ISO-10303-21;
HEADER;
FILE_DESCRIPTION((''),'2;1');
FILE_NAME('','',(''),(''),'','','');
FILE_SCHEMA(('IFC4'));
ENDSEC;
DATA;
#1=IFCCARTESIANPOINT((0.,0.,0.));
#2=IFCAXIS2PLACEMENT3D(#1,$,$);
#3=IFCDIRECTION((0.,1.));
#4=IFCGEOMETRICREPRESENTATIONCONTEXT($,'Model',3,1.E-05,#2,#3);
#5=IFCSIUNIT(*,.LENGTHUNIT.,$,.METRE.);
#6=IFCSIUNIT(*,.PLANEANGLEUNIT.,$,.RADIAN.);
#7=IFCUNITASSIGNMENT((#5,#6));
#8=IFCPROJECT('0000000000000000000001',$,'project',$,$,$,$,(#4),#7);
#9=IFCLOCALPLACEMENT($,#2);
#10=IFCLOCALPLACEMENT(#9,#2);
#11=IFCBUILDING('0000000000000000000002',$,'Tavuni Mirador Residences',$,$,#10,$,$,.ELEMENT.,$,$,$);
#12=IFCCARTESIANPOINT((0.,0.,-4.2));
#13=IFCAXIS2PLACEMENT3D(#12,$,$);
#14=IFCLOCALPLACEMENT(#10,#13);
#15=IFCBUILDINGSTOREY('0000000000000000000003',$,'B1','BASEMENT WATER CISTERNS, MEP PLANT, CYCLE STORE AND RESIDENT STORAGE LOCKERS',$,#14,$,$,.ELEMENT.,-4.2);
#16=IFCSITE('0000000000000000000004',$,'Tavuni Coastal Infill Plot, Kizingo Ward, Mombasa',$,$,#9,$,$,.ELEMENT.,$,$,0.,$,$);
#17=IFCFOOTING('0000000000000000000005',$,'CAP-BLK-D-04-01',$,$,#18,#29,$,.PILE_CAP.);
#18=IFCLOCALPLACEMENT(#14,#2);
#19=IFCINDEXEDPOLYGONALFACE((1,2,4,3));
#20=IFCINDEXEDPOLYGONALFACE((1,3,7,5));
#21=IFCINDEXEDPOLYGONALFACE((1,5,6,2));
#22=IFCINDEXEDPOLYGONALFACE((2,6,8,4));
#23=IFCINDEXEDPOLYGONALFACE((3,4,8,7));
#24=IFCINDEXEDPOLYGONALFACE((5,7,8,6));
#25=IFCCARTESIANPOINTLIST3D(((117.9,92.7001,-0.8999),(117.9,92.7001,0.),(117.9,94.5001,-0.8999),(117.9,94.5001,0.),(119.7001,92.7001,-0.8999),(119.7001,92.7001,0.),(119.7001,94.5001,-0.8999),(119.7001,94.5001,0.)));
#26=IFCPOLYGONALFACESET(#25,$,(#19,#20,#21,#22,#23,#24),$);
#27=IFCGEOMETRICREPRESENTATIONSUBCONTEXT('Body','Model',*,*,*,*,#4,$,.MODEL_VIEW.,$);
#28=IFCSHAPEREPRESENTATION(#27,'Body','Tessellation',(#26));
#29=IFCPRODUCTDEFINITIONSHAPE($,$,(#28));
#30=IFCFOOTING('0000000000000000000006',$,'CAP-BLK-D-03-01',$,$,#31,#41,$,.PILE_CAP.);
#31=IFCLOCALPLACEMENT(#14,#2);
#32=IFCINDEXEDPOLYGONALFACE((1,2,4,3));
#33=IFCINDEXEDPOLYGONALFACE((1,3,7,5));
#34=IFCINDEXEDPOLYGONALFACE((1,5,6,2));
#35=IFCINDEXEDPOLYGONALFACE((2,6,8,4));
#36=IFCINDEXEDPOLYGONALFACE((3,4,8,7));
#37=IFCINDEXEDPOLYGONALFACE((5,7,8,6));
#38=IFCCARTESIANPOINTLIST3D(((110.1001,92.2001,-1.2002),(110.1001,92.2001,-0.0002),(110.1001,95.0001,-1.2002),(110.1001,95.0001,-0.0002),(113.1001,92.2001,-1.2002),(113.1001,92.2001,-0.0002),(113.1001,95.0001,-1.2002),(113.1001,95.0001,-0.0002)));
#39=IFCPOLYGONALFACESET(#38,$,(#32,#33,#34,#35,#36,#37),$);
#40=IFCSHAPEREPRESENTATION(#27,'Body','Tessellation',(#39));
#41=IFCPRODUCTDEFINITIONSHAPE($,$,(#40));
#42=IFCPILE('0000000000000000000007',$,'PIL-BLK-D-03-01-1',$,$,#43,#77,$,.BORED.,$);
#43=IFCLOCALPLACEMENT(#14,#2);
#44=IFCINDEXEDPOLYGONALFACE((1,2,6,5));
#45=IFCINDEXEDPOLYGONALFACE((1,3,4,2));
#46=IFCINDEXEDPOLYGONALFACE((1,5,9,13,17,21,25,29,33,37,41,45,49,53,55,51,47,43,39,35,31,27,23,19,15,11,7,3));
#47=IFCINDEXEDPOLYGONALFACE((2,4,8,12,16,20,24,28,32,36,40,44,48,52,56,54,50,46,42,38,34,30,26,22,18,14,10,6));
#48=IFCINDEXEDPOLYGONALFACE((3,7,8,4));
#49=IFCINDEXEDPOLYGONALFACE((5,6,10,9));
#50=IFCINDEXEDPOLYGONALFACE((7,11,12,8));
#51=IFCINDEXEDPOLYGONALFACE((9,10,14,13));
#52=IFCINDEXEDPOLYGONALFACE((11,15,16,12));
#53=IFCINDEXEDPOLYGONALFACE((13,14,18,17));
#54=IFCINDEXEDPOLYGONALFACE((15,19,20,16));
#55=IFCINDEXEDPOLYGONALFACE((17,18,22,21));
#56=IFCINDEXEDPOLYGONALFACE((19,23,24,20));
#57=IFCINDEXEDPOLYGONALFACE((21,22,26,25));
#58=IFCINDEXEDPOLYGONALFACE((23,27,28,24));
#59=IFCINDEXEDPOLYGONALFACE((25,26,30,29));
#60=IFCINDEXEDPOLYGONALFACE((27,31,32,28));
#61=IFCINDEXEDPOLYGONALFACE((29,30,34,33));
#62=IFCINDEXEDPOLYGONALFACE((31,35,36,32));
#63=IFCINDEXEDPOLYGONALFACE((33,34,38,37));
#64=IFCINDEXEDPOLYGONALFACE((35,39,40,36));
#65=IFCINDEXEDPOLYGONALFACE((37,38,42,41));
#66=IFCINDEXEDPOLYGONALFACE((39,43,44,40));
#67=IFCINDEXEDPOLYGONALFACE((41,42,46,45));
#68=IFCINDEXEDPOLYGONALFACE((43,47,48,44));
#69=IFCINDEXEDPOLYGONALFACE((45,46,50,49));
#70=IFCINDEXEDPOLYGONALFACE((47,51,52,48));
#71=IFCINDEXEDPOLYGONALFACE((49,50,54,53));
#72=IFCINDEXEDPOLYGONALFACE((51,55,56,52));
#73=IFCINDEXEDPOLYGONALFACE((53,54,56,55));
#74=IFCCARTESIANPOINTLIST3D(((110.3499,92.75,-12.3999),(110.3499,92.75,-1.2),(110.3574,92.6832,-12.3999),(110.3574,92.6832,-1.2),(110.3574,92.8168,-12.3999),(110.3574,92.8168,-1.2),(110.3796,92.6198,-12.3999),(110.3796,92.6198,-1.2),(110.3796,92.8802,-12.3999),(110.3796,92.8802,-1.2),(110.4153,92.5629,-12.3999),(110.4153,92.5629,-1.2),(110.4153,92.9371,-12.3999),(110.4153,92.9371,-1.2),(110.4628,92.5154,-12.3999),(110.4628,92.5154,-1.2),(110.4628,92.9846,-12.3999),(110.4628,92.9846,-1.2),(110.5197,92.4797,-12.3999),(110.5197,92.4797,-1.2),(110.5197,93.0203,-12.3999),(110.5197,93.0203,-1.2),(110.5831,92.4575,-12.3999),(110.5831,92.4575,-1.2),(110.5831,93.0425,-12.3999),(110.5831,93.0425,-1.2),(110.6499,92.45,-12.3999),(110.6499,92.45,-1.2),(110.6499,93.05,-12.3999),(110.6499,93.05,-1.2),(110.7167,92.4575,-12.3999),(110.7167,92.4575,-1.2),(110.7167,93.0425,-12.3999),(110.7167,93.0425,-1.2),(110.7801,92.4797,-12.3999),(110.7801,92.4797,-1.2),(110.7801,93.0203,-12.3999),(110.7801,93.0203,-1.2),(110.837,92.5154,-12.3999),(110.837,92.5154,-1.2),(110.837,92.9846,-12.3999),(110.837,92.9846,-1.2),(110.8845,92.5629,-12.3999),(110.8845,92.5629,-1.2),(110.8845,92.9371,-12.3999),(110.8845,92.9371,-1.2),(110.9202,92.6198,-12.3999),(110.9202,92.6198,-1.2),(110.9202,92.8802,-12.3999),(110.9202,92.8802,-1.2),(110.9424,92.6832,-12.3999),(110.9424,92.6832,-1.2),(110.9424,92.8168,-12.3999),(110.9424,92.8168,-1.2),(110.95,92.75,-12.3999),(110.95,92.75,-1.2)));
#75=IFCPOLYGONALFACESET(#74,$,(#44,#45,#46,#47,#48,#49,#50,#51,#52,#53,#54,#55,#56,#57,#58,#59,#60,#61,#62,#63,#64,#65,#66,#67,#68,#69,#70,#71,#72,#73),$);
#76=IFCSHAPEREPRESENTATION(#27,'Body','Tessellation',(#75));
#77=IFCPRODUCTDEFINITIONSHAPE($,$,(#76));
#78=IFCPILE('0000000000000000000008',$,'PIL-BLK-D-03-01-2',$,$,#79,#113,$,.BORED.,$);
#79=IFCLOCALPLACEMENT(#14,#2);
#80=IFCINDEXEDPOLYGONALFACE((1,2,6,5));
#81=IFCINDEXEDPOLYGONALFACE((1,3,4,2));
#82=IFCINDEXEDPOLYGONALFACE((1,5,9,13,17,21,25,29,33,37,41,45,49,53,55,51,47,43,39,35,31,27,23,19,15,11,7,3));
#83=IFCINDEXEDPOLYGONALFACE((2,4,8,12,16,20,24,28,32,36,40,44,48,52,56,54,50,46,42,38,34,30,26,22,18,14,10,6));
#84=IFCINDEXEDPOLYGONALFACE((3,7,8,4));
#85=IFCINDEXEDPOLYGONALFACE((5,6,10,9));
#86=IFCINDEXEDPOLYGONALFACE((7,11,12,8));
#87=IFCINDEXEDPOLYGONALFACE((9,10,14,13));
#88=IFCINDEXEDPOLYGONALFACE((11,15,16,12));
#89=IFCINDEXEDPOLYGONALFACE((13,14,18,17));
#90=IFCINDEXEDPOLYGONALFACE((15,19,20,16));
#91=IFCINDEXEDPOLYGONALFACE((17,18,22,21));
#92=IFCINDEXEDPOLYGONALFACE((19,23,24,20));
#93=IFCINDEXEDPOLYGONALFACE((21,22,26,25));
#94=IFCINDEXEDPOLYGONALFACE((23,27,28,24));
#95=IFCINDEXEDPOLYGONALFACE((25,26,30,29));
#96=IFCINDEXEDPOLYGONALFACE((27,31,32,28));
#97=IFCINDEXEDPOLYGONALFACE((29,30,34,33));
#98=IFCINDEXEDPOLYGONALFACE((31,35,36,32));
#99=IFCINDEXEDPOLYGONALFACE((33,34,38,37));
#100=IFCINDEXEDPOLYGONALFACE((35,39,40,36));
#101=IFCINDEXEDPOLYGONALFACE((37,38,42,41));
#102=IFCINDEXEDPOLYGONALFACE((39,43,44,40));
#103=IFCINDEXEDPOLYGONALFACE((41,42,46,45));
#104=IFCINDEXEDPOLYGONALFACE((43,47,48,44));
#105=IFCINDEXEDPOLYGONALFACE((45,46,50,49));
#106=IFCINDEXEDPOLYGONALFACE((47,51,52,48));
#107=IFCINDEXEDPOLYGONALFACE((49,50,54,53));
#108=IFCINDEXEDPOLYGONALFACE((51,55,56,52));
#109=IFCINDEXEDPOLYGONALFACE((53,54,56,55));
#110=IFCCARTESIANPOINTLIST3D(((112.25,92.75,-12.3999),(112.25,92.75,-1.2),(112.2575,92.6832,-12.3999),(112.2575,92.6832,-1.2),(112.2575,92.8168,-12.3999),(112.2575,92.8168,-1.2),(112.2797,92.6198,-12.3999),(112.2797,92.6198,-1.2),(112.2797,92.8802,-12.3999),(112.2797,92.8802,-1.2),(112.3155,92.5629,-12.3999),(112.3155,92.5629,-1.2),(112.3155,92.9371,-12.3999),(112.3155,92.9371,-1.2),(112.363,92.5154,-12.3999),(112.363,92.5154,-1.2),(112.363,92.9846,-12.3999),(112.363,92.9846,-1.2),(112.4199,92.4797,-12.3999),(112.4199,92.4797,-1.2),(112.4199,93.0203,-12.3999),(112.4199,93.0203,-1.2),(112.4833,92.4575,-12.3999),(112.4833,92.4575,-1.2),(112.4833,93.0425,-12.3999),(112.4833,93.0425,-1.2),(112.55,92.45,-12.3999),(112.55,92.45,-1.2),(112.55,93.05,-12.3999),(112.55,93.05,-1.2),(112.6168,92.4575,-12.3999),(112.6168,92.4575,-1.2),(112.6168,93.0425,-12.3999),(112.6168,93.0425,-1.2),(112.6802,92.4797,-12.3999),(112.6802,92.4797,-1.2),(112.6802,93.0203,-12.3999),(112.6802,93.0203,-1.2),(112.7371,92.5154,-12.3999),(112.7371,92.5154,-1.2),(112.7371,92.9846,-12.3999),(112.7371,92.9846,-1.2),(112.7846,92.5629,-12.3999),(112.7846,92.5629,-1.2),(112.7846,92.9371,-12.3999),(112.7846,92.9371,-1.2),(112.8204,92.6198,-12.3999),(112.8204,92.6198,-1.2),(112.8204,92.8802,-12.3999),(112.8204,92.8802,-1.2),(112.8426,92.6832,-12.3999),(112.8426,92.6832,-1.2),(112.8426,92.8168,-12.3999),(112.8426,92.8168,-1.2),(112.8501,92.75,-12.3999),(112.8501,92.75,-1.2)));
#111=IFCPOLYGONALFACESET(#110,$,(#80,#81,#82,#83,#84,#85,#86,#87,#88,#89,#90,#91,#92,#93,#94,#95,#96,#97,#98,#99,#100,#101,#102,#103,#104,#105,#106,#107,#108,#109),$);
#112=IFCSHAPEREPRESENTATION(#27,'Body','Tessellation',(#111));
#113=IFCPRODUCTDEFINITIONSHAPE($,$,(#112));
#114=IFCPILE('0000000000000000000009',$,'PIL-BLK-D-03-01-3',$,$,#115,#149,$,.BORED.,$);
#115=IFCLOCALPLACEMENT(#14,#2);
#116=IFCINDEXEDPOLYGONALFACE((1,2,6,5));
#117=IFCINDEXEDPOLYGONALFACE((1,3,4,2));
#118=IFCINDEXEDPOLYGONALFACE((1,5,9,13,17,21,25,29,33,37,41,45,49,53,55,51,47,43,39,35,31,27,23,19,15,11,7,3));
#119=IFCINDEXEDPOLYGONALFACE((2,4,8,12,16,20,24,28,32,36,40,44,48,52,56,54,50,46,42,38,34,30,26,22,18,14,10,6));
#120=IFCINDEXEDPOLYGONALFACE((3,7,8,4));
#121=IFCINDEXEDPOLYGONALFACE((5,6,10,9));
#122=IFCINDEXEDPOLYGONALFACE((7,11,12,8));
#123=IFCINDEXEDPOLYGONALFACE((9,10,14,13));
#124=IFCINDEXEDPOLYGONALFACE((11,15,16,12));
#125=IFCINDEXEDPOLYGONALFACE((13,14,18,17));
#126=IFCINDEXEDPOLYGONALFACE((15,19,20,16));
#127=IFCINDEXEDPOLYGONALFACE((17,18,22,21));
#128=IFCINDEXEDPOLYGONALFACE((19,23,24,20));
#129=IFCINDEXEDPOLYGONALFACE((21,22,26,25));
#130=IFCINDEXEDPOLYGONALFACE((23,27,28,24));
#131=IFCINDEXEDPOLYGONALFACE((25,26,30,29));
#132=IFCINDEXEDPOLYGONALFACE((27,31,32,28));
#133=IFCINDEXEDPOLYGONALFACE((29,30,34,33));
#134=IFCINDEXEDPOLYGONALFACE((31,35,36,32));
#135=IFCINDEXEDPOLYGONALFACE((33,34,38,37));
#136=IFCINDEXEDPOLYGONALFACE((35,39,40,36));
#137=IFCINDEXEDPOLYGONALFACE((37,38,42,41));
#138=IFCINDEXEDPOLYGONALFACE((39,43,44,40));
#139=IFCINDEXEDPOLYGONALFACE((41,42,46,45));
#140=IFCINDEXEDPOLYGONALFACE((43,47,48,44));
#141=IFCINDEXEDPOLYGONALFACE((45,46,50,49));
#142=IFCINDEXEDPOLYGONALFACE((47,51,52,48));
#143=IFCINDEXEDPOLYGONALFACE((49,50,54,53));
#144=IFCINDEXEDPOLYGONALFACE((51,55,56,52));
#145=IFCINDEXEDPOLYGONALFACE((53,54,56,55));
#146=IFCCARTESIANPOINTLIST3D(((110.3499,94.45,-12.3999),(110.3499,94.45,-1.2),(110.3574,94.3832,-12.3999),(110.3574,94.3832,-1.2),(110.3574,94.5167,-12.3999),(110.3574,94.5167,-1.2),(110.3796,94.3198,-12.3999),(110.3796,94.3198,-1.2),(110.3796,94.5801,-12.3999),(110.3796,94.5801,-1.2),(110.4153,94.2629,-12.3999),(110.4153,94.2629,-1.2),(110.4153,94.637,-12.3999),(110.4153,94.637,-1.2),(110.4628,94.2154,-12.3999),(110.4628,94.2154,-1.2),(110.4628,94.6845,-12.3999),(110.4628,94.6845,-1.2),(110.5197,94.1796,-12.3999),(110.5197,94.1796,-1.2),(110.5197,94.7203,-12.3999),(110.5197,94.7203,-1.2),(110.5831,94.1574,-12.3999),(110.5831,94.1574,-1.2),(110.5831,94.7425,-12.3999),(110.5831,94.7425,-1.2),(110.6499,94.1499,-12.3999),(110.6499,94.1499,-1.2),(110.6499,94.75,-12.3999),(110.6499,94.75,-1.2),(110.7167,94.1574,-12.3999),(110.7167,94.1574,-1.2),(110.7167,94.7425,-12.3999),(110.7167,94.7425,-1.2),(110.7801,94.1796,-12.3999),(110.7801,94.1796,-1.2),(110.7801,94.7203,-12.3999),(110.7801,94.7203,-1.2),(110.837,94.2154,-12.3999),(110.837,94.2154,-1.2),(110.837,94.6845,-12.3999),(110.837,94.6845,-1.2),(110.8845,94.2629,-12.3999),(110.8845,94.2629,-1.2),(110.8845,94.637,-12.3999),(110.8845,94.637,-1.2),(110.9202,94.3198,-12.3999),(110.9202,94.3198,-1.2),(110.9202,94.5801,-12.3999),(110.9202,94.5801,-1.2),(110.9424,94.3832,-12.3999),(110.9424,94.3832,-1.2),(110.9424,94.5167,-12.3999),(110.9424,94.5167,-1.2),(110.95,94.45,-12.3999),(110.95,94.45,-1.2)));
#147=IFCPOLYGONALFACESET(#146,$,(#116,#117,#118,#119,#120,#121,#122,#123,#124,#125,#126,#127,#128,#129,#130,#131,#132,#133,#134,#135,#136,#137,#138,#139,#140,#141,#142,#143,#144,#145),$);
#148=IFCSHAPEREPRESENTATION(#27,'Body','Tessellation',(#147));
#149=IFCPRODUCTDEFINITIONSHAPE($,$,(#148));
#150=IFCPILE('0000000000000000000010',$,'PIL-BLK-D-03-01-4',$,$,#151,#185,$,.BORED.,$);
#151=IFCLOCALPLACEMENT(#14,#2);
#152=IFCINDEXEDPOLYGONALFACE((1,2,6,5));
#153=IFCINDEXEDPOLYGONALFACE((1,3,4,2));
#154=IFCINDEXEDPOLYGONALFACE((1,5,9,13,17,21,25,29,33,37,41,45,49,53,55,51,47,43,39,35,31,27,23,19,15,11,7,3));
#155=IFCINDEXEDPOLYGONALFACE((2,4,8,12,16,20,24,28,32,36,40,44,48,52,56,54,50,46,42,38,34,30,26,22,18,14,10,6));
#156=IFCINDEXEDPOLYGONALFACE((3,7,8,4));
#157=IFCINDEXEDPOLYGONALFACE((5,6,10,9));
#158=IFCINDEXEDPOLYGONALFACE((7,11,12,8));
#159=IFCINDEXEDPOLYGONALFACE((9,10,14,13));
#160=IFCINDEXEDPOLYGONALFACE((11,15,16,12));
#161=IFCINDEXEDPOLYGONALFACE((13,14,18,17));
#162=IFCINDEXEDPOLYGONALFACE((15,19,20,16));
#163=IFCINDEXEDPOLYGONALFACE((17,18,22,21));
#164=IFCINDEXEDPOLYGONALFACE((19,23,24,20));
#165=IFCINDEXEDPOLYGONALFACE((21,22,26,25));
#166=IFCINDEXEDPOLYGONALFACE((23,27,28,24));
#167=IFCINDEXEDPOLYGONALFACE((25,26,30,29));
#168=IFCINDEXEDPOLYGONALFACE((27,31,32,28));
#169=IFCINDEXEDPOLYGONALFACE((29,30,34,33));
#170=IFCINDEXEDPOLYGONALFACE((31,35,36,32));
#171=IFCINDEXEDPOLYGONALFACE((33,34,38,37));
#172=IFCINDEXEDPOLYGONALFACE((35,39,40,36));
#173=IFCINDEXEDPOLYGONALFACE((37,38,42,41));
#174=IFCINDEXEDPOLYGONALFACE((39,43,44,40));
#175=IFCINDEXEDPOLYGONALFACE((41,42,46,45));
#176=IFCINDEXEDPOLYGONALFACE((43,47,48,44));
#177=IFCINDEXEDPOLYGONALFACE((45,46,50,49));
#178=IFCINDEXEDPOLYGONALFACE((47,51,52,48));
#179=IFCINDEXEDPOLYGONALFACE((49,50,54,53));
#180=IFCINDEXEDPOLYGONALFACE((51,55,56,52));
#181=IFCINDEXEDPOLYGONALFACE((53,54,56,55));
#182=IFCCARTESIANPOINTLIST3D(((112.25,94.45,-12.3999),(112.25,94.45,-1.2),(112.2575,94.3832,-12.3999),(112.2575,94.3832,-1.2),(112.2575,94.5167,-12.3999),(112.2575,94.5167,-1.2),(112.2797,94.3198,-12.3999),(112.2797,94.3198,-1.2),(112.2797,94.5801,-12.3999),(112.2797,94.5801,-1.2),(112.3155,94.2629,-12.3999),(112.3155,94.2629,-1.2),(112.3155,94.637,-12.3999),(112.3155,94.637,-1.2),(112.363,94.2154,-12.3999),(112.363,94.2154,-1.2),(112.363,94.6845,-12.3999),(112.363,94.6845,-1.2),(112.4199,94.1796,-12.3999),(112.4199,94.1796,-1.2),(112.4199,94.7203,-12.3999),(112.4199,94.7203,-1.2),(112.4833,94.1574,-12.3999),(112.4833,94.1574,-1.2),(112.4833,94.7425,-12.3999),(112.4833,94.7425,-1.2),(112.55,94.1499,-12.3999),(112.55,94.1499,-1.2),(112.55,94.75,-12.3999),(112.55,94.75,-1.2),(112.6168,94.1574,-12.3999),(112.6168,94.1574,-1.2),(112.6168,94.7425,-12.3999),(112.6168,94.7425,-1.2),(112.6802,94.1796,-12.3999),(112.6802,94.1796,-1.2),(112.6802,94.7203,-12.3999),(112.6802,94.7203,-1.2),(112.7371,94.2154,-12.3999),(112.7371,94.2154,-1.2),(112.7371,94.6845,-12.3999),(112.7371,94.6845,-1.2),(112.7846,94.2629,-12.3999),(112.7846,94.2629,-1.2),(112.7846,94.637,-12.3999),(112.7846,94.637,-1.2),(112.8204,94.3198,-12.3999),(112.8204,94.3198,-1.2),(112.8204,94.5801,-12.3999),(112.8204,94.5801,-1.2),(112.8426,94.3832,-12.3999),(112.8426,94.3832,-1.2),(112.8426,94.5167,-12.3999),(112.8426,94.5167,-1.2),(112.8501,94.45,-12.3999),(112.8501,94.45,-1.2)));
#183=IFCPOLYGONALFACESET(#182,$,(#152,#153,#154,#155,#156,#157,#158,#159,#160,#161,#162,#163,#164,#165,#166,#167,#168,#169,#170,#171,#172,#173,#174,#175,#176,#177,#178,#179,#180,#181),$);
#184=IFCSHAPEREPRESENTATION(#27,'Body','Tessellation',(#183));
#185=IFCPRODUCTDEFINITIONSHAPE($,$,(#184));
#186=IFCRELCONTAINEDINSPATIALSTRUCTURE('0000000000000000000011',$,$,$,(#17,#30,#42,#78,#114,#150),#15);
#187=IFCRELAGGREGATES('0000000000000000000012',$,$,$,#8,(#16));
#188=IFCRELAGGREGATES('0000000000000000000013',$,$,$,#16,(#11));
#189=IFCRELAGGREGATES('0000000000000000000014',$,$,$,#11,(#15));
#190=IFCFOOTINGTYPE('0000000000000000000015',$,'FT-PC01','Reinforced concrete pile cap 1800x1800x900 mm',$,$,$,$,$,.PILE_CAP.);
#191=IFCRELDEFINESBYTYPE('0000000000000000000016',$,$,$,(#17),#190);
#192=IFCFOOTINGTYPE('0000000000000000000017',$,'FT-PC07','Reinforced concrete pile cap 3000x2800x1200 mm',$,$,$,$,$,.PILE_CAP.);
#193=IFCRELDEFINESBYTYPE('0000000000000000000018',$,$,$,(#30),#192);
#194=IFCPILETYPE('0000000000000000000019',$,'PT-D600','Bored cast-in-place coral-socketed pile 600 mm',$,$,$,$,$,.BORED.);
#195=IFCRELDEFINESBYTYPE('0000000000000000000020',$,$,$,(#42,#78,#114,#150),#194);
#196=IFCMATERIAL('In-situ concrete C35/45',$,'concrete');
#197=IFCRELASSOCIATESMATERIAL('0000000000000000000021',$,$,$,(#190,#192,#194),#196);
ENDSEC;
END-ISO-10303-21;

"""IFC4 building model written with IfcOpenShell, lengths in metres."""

from ifc_helpers import new_model, si_unit, direction, frame, origin, origin_2d, place, context, subcontext, project, spatial, rectangle, circle, extrude, material, material_profile, profile_set, type_object, element, save


model = new_model("IFC4")

# Units and contexts
model_context = context("Model", 3, precision=1e-05, world=origin(), true_north=direction((0.0, 1.0)))
body_context = subcontext(model_context, "Body", "Model", "MODEL_VIEW")
ifc_project = project(units=[si_unit("LENGTHUNIT", "METRE"), si_unit("PLANEANGLEUNIT", "RADIAN")], contexts=[model_context])

# Site, building, storey
site_placement = place(None, origin())
site = spatial("IfcSite", under=ifc_project, at=site_placement, Name="Tavuni Coastal Infill Plot, Kizingo Ward, Mombasa", CompositionType="ELEMENT", RefElevation=0.0)
building_placement = place(site_placement, origin())
building = spatial("IfcBuilding", under=site, at=building_placement, Name="Tavuni Mirador Residences", CompositionType="ELEMENT")
storey_placement = place(building_placement, frame((0.0, 0.0, -4.2)))
storey = spatial("IfcBuildingStorey", under=building, at=storey_placement, Name="B1", Description="BASEMENT WATER CISTERNS, MEP PLANT, CYCLE STORE AND RESIDENT STORAGE LOCKERS", CompositionType="ELEMENT", Elevation=-4.2)

# Footings
ifc_material_1 = material(Name="In-situ concrete C35/45", Category="concrete")
footing_type_1 = type_object("IfcFootingType", Name="FT-PC01", Description="Reinforced concrete pile cap 1800x1800x900 mm", PredefinedType="PILE_CAP", material=ifc_material_1)
footing_1_placement = place(storey_placement, frame((118.8, 93.6001, -0.8999), z_axis=(0.0, 0.0, 1.0), x_axis=(1.0, 0.0, 0.0)))
element("IfcFooting", 1, at=footing_1_placement, inside=storey, type_object=footing_type_1, Name="CAP-BLK-D-04-01", PredefinedType="PILE_CAP", context=body_context, shape_type="SweptSolid", body=[
    extrude(rectangle(XDim=1.8, YDim=1.8, at=origin_2d()), origin(), (0.0, 0.0, 1.0), 0.8999),
])
footing_type_2 = type_object("IfcFootingType", Name="FT-PC07", Description="Reinforced concrete pile cap 3000x2800x1200 mm", PredefinedType="PILE_CAP", material=ifc_material_1)
footing_2_placement = place(storey_placement, frame((111.6001, 93.6001, -1.2002), z_axis=(0.0, 0.0, 1.0), x_axis=(1.0, 0.0, 0.0)))
element("IfcFooting", 2, at=footing_2_placement, inside=storey, type_object=footing_type_2, Name="CAP-BLK-D-03-01", PredefinedType="PILE_CAP", context=body_context, shape_type="SweptSolid", body=[
    extrude(rectangle(XDim=3.0, YDim=2.8, at=origin_2d()), origin(), (0.0, 0.0, 1.0), 1.2),
])

# Piles
ifc_material_profile_1 = material_profile(ifc_material_1, circle(Radius=0.3, at=origin_2d()), Name="PILE D600", Category="concrete")
ifc_profile_set_1 = profile_set([ifc_material_profile_1], Name="In-situ concrete C35/45")
pile_type_1 = type_object("IfcPileType", Name="PT-D600", Description="Bored cast-in-place coral-socketed pile 600 mm", PredefinedType="BORED", material=ifc_profile_set_1)
for number, where, z_axis, x_axis, name in (
    (3, (110.6499, 92.75, -1.2), (0.0, 0.0, -1.0), (1.0, 0.0, 0.0), "PIL-BLK-D-03-01-1"),
    (4, (112.55, 92.75, -1.2), (0.0, 0.0, -1.0), (1.0, 0.0, 0.0), "PIL-BLK-D-03-01-2"),
    (5, (110.6499, 94.45, -1.2), (0.0, 0.0, -1.0), (1.0, 0.0, 0.0), "PIL-BLK-D-03-01-3"),
    (6, (112.55, 94.45, -1.2), (0.0, 0.0, -1.0), (1.0, 0.0, 0.0), "PIL-BLK-D-03-01-4"),
):
    element("IfcPile", number, at=place(storey_placement, frame(where, z_axis=z_axis, x_axis=x_axis)), inside=storey, type_object=pile_type_1, Name=name, PredefinedType="BORED", context=body_context, shape_type="SweptSolid", body=[
        extrude(circle(Radius=0.3, at=origin_2d()), origin(), (0.0, 0.0, 1.0), 11.2),
    ])

save(model, "model.ifc")
